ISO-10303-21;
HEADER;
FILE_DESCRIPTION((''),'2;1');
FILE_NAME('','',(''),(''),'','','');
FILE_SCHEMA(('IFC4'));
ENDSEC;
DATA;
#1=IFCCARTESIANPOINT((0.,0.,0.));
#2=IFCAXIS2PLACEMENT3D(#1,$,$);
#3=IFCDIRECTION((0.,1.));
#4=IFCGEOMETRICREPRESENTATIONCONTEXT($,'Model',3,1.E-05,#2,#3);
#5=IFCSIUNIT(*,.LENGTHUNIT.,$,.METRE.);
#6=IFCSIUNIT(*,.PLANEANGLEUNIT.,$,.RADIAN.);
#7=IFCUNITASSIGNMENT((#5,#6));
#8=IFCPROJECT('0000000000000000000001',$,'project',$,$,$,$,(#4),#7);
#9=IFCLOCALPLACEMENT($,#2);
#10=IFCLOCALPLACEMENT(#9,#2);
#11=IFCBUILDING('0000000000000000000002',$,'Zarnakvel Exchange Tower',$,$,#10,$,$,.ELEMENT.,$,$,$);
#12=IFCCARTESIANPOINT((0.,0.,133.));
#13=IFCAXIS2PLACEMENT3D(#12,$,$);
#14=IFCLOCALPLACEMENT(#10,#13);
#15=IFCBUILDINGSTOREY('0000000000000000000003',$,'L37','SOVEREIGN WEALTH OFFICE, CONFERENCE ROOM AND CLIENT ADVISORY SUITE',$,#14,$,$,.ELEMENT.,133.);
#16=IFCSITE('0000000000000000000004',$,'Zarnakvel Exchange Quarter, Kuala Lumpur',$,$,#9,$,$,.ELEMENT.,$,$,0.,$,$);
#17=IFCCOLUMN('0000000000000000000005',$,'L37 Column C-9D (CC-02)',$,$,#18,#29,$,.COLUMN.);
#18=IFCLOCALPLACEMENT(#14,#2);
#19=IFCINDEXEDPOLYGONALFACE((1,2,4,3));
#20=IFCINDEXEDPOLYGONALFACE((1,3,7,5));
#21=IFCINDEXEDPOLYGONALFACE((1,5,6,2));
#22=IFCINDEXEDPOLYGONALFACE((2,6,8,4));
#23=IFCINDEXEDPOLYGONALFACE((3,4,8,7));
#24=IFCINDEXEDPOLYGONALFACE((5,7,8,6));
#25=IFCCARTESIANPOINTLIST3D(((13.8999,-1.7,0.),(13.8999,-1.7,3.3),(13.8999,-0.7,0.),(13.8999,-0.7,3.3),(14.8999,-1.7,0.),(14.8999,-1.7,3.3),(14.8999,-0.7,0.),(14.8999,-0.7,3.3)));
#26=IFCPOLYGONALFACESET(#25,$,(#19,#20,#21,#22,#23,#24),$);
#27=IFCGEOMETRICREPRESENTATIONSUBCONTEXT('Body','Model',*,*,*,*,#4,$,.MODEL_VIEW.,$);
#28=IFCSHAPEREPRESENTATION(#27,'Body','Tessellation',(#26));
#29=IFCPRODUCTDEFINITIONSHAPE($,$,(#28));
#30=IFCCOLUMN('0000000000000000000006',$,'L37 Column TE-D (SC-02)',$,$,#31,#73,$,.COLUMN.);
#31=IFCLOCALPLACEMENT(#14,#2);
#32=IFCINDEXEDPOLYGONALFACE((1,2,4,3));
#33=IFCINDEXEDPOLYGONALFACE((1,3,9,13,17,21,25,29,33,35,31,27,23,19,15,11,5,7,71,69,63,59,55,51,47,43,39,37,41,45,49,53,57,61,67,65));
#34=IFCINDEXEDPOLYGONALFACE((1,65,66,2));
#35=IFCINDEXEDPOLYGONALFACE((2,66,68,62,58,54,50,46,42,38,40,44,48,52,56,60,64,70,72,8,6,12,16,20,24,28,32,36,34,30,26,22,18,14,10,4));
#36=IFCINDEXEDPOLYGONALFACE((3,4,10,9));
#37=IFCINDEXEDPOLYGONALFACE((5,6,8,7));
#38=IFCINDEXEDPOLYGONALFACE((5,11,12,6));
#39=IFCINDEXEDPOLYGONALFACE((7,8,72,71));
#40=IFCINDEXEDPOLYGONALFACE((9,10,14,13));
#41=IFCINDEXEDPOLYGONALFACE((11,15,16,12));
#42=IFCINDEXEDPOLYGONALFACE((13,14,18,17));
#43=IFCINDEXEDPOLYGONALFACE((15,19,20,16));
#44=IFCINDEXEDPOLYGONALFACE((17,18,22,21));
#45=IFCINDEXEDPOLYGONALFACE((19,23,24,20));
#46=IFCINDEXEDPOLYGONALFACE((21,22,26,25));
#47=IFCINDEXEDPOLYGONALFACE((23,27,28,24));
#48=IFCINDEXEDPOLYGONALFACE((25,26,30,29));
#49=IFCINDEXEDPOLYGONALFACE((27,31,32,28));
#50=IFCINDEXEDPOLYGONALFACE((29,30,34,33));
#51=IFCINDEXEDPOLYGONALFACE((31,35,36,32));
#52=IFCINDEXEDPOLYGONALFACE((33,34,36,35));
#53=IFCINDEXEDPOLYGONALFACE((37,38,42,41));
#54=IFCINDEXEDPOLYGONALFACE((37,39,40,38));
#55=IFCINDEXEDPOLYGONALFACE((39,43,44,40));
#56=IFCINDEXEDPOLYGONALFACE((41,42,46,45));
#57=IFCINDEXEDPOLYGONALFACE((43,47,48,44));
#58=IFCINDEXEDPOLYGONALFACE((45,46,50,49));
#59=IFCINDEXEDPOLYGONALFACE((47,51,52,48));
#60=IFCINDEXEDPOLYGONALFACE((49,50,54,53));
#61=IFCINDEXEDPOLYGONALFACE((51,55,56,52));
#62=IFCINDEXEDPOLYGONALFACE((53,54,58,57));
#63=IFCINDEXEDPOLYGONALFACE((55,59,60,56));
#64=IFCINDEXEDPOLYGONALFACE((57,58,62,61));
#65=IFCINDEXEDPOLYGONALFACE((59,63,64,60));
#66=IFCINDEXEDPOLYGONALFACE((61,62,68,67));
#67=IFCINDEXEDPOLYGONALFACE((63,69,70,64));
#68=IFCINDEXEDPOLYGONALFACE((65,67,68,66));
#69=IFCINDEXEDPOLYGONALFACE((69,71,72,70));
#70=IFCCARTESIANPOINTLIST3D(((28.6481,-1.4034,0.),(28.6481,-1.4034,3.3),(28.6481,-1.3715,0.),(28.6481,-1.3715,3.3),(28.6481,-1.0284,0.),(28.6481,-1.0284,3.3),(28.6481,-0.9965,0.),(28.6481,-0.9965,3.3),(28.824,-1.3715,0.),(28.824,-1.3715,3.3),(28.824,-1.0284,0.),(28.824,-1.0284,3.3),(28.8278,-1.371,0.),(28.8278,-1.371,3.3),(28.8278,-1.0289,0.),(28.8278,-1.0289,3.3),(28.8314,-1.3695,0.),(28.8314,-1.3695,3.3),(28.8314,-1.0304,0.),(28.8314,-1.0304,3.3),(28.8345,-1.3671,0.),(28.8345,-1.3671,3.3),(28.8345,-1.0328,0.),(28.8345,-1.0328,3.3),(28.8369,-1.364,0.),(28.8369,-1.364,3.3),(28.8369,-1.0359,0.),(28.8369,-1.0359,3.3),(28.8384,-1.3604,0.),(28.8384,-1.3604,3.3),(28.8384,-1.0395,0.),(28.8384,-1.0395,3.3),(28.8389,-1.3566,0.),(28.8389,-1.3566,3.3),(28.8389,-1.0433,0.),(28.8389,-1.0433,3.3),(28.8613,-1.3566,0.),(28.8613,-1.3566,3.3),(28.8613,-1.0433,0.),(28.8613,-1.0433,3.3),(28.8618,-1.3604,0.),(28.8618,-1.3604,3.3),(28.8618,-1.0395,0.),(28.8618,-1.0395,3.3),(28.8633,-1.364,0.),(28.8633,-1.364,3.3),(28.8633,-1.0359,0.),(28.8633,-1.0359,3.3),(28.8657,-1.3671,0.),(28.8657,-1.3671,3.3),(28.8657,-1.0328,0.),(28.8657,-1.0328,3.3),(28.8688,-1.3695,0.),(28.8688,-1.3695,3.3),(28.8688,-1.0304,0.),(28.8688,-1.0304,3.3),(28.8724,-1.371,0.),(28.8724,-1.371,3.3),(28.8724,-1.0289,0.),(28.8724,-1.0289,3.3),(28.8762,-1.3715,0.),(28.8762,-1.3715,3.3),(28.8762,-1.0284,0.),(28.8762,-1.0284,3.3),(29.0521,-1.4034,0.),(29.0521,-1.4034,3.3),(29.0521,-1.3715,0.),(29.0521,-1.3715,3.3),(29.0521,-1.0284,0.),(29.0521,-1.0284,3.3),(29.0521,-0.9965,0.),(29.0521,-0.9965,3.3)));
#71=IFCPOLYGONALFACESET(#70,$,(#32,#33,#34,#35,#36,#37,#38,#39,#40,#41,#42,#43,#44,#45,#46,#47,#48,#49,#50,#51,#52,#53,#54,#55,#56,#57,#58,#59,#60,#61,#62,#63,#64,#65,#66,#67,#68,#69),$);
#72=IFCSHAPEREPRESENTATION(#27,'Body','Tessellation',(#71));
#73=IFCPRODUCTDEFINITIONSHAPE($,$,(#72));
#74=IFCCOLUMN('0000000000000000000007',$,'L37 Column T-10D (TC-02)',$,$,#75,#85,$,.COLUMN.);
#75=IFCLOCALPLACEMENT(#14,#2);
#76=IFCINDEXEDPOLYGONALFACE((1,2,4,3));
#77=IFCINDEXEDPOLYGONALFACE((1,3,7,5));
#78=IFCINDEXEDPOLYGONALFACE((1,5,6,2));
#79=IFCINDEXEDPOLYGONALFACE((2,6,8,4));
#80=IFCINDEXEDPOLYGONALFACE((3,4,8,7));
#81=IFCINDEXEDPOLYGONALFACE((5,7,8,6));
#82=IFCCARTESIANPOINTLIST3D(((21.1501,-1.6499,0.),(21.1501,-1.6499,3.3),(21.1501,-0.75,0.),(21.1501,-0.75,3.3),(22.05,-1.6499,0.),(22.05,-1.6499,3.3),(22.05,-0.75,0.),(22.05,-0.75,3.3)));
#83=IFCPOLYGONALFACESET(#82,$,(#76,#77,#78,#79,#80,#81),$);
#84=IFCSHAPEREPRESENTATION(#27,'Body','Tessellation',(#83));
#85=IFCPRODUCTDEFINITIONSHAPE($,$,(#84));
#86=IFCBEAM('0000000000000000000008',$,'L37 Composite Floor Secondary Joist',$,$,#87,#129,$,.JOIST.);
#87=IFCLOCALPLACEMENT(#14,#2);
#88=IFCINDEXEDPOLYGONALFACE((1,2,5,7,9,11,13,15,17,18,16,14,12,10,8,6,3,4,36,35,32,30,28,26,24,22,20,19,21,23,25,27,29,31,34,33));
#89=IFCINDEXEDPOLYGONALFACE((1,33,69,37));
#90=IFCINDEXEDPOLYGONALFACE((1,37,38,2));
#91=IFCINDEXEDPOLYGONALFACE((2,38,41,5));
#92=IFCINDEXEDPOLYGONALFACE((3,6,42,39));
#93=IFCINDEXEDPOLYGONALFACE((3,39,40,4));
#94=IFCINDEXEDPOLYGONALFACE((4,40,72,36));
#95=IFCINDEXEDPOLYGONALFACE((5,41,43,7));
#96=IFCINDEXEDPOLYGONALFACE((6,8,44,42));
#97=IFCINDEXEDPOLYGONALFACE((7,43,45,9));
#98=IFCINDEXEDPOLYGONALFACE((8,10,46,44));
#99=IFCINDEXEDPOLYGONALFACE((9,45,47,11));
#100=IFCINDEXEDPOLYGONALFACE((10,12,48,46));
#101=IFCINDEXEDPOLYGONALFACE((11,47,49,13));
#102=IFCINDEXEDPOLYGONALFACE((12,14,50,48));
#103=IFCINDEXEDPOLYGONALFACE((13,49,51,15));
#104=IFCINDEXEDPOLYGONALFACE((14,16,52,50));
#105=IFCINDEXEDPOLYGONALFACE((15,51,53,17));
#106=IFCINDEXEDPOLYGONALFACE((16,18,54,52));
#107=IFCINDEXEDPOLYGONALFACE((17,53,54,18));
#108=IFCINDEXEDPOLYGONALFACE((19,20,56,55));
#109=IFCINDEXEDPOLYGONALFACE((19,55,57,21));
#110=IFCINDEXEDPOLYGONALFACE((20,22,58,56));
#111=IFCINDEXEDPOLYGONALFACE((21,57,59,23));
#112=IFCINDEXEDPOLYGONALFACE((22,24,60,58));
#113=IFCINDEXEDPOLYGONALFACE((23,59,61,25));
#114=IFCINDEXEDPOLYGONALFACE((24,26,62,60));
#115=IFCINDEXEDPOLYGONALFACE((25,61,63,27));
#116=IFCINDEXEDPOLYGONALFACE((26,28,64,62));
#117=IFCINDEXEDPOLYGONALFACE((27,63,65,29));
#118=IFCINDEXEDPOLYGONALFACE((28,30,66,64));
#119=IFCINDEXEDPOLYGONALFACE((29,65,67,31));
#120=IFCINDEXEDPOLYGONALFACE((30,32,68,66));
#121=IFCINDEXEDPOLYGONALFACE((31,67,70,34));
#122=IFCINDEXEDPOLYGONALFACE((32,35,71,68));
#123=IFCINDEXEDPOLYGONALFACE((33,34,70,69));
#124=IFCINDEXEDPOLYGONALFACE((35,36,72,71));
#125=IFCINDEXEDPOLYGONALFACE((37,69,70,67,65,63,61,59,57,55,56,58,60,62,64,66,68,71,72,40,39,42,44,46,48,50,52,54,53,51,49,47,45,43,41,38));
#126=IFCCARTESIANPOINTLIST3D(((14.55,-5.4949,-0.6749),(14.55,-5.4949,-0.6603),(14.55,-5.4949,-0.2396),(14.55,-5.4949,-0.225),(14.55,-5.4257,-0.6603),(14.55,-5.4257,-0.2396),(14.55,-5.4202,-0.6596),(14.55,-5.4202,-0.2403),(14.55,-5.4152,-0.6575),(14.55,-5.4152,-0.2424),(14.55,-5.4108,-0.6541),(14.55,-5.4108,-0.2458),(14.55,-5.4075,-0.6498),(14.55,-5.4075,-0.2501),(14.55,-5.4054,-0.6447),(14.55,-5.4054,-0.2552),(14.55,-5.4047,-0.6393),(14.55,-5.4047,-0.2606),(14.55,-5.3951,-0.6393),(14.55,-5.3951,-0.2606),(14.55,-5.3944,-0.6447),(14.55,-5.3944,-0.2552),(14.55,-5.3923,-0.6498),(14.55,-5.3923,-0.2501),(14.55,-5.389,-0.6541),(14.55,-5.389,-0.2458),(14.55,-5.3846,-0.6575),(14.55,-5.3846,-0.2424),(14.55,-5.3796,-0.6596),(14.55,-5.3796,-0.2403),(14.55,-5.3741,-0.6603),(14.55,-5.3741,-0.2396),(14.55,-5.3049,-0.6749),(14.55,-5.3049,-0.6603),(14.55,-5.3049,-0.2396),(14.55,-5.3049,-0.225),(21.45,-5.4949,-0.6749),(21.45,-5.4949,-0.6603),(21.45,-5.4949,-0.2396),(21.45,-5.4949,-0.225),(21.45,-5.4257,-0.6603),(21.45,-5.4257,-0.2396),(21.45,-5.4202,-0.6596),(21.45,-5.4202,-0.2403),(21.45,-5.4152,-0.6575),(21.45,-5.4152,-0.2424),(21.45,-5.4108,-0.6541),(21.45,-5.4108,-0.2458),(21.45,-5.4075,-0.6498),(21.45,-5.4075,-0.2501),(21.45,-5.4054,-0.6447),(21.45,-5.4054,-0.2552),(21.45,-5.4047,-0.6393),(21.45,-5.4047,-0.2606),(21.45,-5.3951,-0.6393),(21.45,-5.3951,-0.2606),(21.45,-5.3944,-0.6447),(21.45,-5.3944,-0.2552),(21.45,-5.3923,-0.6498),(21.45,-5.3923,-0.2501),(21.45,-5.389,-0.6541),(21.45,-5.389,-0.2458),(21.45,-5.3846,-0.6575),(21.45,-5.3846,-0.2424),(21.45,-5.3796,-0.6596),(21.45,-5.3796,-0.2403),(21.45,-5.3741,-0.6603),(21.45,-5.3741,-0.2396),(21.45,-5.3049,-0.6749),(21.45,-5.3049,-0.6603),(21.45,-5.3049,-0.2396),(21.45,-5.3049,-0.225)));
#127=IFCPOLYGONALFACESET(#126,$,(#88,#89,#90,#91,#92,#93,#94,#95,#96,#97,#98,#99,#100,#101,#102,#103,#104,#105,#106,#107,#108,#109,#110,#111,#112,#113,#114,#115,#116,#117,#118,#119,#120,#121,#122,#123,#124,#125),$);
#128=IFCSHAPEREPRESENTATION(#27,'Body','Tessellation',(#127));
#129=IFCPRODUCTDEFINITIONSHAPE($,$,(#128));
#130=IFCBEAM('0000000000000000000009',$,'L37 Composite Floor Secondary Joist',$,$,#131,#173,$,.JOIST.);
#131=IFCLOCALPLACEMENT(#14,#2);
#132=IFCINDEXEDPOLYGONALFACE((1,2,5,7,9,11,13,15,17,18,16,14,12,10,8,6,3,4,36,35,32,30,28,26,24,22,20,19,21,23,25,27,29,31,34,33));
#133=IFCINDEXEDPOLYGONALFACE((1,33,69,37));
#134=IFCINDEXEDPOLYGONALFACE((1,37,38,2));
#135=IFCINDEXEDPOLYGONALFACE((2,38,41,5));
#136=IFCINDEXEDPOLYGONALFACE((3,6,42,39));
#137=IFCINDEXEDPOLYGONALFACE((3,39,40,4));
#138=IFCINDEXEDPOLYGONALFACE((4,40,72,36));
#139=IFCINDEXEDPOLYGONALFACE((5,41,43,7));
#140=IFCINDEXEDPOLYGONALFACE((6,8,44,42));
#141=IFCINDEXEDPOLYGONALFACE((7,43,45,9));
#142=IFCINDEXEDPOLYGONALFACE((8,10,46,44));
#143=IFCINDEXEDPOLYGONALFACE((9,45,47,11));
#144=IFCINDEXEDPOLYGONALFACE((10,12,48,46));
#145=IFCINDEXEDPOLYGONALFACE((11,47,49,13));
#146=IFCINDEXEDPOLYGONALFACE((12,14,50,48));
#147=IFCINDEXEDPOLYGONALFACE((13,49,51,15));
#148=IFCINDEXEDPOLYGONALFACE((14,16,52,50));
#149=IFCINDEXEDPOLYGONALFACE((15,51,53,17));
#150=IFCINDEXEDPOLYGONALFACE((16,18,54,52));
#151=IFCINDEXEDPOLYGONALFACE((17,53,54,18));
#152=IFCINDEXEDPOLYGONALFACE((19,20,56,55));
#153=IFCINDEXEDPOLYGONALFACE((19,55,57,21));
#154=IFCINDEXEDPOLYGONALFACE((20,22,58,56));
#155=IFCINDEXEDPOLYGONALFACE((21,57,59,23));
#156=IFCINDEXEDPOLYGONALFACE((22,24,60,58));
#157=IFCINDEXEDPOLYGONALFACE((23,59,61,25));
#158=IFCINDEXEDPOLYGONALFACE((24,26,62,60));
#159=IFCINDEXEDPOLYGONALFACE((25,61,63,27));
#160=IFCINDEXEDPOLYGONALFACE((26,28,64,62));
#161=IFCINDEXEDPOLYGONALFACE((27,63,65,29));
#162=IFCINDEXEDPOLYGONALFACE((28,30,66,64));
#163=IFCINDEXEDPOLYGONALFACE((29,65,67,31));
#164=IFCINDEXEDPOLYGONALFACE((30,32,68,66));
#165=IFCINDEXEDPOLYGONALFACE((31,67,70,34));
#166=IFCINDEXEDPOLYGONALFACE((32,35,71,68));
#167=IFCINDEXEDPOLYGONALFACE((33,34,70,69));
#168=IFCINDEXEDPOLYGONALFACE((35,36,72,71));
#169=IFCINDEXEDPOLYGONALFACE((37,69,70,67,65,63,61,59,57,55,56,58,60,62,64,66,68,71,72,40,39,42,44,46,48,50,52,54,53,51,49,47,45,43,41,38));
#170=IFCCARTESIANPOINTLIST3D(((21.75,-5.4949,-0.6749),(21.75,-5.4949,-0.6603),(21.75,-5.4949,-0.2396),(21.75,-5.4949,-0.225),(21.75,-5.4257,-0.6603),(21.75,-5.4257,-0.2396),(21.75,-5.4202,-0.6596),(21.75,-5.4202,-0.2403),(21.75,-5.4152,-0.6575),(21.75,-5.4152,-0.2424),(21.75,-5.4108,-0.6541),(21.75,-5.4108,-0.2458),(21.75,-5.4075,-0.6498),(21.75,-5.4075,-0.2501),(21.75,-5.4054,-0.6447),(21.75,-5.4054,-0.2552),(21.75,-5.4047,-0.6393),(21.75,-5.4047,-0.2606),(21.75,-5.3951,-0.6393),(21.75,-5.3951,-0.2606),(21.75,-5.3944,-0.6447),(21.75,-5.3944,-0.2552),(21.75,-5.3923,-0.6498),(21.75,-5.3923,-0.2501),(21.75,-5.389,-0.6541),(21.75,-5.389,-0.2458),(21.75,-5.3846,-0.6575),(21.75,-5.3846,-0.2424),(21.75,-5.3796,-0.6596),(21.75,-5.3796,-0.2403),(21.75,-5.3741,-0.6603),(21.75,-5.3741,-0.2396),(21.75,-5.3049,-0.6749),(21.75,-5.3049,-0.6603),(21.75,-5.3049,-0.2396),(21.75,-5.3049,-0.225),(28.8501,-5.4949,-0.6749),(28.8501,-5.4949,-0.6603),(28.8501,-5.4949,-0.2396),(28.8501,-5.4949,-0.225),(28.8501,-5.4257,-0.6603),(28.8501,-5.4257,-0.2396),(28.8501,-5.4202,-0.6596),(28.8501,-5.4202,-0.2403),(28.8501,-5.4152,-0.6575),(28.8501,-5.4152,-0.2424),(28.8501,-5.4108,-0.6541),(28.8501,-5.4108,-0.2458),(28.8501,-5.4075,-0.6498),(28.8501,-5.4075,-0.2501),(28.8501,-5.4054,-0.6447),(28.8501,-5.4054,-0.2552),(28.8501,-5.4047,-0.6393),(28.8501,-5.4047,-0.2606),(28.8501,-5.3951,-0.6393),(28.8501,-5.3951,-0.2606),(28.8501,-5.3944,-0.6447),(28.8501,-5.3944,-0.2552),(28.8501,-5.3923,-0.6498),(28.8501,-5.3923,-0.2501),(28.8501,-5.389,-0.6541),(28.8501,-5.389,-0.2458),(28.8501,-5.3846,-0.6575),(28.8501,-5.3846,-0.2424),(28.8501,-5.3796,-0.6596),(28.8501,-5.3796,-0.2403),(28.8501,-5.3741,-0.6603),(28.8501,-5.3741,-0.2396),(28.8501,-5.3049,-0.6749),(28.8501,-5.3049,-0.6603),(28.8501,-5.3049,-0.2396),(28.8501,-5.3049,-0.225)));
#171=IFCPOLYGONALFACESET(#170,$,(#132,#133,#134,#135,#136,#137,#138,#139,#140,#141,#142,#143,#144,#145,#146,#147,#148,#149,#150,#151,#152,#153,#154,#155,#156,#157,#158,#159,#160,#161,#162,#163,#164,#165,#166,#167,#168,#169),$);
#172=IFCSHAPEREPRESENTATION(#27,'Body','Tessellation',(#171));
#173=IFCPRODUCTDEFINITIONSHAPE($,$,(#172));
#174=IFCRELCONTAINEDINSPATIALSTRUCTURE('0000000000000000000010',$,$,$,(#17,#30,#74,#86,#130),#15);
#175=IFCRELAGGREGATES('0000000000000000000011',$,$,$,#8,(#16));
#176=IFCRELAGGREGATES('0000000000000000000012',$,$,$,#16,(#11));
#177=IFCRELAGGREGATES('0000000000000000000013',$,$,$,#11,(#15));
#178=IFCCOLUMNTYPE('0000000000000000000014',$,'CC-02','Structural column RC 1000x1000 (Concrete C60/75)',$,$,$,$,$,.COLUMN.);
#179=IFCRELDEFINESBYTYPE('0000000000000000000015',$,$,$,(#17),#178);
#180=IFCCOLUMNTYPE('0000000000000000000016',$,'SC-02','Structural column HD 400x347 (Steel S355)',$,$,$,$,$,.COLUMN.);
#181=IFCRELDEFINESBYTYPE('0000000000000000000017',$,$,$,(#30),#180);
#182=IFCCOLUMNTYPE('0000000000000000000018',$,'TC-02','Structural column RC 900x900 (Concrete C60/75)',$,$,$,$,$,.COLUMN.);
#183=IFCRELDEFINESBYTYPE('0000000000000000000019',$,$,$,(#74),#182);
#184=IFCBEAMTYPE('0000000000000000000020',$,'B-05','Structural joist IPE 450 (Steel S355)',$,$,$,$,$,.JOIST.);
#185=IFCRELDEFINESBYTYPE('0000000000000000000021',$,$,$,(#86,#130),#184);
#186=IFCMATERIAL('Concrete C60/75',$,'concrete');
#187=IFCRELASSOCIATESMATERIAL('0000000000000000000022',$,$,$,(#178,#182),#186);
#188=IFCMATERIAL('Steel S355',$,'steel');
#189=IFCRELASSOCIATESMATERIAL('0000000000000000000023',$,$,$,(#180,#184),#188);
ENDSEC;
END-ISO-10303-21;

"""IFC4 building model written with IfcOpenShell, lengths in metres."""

from ifc_helpers import new_model, si_unit, direction, frame, origin, origin_2d, place, context, subcontext, project, spatial, rectangle, i_section, extrude, material, material_profile, profile_set, type_object, element, save


model = new_model("IFC4")

# Units and contexts
model_context = context("Model", 3, precision=1e-05, world=origin(), true_north=direction((0.0, 1.0)))
body_context = subcontext(model_context, "Body", "Model", "MODEL_VIEW")
ifc_project = project(units=[si_unit("LENGTHUNIT", "METRE"), si_unit("PLANEANGLEUNIT", "RADIAN")], contexts=[model_context])

# Site, building, storey
site_placement = place(None, origin())
site = spatial("IfcSite", under=ifc_project, at=site_placement, Name="Zarnakvel Exchange Quarter, Kuala Lumpur", CompositionType="ELEMENT", RefElevation=0.0)
building_placement = place(site_placement, origin())
building = spatial("IfcBuilding", under=site, at=building_placement, Name="Zarnakvel Exchange Tower", CompositionType="ELEMENT")
storey_placement = place(building_placement, frame((0.0, 0.0, 133.0)))
storey = spatial("IfcBuildingStorey", under=building, at=storey_placement, Name="L37", Description="SOVEREIGN WEALTH OFFICE, CONFERENCE ROOM AND CLIENT ADVISORY SUITE", CompositionType="ELEMENT", Elevation=133.0)

# Columns
ifc_material_1 = material(Name="Concrete C60/75", Category="concrete")
ifc_material_profile_1 = material_profile(ifc_material_1, rectangle(XDim=1.0, YDim=1.0, at=origin_2d()))
ifc_profile_set_1 = profile_set([ifc_material_profile_1], Name="Concrete C60/75")
column_type_1 = type_object("IfcColumnType", Name="CC-02", Description="Structural column RC 1000x1000 (Concrete C60/75)", PredefinedType="COLUMN", material=ifc_profile_set_1)
column_1_placement = place(storey_placement, frame((14.3999, -1.2, 0.0), z_axis=(0.0, 0.0, 1.0), x_axis=(1.0, 0.0, 0.0)))
element("IfcColumn", 1, at=column_1_placement, inside=storey, type_object=column_type_1, Name="L37 Column C-9D (CC-02)", PredefinedType="COLUMN", context=body_context, shape_type="SweptSolid", body=[
    extrude(rectangle(XDim=1.0, YDim=1.0, at=origin_2d()), origin(), (0.0, 0.0, 1.0), 3.3),
])
ifc_material_2 = material(Name="Steel S355", Category="steel")
ifc_material_profile_2 = material_profile(ifc_material_2, i_section(OverallWidth=0.4041, OverallDepth=0.407, WebThickness=0.0225, FlangeThickness=0.032, FilletRadius=0.0149, at=origin_2d()))
ifc_profile_set_2 = profile_set([ifc_material_profile_2], Name="Steel S355")
column_type_2 = type_object("IfcColumnType", Name="SC-02", Description="Structural column HD 400x347 (Steel S355)", PredefinedType="COLUMN", material=ifc_profile_set_2)
column_2_placement = place(storey_placement, frame((28.8501, -1.2, 0.0), z_axis=(0.0, 0.0, 1.0), x_axis=(1.0, 0.0, 0.0)))
element("IfcColumn", 2, at=column_2_placement, inside=storey, type_object=column_type_2, Name="L37 Column TE-D (SC-02)", PredefinedType="COLUMN", context=body_context, shape_type="SweptSolid", body=[
    extrude(i_section(OverallWidth=0.4041, OverallDepth=0.407, WebThickness=0.0225, FlangeThickness=0.032, FilletRadius=0.0149, at=origin_2d()), origin(), (0.0, 0.0, 1.0), 3.3),
])
ifc_material_profile_3 = material_profile(ifc_material_1, rectangle(XDim=0.8999, YDim=0.8999, at=origin_2d()))
ifc_profile_set_3 = profile_set([ifc_material_profile_3], Name="Concrete C60/75")
column_type_3 = type_object("IfcColumnType", Name="TC-02", Description="Structural column RC 900x900 (Concrete C60/75)", PredefinedType="COLUMN", material=ifc_profile_set_3)
column_3_placement = place(storey_placement, frame((21.6001, -1.2, 0.0), z_axis=(0.0, 0.0, 1.0), x_axis=(1.0, 0.0, 0.0)))
element("IfcColumn", 3, at=column_3_placement, inside=storey, type_object=column_type_3, Name="L37 Column T-10D (TC-02)", PredefinedType="COLUMN", context=body_context, shape_type="SweptSolid", body=[
    extrude(rectangle(XDim=0.8999, YDim=0.8999, at=origin_2d()), origin(), (0.0, 0.0, 1.0), 3.3),
])

# Beams
ifc_material_profile_4 = material_profile(ifc_material_2, i_section(OverallWidth=0.1899, OverallDepth=0.45, WebThickness=0.0095, FlangeThickness=0.0146, FilletRadius=0.021, at=origin_2d()))
ifc_profile_set_4 = profile_set([ifc_material_profile_4], Name="Steel S355")
beam_type_1 = type_object("IfcBeamType", Name="B-05", Description="Structural joist IPE 450 (Steel S355)", PredefinedType="JOIST", material=ifc_profile_set_4)
beam_1_placement = place(storey_placement, frame((14.55, -5.3999, -0.45), z_axis=(1.0, 0.0, 0.0), x_axis=(0.0, 1.0, 0.0)))
element("IfcBeam", 4, at=beam_1_placement, inside=storey, type_object=beam_type_1, Name="L37 Composite Floor Secondary Joist", PredefinedType="JOIST", context=body_context, shape_type="SweptSolid", body=[
    extrude(i_section(OverallWidth=0.1899, OverallDepth=0.45, WebThickness=0.0095, FlangeThickness=0.0146, FilletRadius=0.021, at=origin_2d()), origin(), (0.0, 0.0, 1.0), 6.8999),
])
beam_2_placement = place(storey_placement, frame((21.75, -5.3999, -0.45), z_axis=(1.0, 0.0, 0.0), x_axis=(0.0, 1.0, 0.0)))
element("IfcBeam", 5, at=beam_2_placement, inside=storey, type_object=beam_type_1, Name="L37 Composite Floor Secondary Joist", PredefinedType="JOIST", context=body_context, shape_type="SweptSolid", body=[
    extrude(i_section(OverallWidth=0.1899, OverallDepth=0.45, WebThickness=0.0095, FlangeThickness=0.0146, FilletRadius=0.021, at=origin_2d()), origin(), (0.0, 0.0, 1.0), 7.1001),
])

save(model, "model.ifc")
